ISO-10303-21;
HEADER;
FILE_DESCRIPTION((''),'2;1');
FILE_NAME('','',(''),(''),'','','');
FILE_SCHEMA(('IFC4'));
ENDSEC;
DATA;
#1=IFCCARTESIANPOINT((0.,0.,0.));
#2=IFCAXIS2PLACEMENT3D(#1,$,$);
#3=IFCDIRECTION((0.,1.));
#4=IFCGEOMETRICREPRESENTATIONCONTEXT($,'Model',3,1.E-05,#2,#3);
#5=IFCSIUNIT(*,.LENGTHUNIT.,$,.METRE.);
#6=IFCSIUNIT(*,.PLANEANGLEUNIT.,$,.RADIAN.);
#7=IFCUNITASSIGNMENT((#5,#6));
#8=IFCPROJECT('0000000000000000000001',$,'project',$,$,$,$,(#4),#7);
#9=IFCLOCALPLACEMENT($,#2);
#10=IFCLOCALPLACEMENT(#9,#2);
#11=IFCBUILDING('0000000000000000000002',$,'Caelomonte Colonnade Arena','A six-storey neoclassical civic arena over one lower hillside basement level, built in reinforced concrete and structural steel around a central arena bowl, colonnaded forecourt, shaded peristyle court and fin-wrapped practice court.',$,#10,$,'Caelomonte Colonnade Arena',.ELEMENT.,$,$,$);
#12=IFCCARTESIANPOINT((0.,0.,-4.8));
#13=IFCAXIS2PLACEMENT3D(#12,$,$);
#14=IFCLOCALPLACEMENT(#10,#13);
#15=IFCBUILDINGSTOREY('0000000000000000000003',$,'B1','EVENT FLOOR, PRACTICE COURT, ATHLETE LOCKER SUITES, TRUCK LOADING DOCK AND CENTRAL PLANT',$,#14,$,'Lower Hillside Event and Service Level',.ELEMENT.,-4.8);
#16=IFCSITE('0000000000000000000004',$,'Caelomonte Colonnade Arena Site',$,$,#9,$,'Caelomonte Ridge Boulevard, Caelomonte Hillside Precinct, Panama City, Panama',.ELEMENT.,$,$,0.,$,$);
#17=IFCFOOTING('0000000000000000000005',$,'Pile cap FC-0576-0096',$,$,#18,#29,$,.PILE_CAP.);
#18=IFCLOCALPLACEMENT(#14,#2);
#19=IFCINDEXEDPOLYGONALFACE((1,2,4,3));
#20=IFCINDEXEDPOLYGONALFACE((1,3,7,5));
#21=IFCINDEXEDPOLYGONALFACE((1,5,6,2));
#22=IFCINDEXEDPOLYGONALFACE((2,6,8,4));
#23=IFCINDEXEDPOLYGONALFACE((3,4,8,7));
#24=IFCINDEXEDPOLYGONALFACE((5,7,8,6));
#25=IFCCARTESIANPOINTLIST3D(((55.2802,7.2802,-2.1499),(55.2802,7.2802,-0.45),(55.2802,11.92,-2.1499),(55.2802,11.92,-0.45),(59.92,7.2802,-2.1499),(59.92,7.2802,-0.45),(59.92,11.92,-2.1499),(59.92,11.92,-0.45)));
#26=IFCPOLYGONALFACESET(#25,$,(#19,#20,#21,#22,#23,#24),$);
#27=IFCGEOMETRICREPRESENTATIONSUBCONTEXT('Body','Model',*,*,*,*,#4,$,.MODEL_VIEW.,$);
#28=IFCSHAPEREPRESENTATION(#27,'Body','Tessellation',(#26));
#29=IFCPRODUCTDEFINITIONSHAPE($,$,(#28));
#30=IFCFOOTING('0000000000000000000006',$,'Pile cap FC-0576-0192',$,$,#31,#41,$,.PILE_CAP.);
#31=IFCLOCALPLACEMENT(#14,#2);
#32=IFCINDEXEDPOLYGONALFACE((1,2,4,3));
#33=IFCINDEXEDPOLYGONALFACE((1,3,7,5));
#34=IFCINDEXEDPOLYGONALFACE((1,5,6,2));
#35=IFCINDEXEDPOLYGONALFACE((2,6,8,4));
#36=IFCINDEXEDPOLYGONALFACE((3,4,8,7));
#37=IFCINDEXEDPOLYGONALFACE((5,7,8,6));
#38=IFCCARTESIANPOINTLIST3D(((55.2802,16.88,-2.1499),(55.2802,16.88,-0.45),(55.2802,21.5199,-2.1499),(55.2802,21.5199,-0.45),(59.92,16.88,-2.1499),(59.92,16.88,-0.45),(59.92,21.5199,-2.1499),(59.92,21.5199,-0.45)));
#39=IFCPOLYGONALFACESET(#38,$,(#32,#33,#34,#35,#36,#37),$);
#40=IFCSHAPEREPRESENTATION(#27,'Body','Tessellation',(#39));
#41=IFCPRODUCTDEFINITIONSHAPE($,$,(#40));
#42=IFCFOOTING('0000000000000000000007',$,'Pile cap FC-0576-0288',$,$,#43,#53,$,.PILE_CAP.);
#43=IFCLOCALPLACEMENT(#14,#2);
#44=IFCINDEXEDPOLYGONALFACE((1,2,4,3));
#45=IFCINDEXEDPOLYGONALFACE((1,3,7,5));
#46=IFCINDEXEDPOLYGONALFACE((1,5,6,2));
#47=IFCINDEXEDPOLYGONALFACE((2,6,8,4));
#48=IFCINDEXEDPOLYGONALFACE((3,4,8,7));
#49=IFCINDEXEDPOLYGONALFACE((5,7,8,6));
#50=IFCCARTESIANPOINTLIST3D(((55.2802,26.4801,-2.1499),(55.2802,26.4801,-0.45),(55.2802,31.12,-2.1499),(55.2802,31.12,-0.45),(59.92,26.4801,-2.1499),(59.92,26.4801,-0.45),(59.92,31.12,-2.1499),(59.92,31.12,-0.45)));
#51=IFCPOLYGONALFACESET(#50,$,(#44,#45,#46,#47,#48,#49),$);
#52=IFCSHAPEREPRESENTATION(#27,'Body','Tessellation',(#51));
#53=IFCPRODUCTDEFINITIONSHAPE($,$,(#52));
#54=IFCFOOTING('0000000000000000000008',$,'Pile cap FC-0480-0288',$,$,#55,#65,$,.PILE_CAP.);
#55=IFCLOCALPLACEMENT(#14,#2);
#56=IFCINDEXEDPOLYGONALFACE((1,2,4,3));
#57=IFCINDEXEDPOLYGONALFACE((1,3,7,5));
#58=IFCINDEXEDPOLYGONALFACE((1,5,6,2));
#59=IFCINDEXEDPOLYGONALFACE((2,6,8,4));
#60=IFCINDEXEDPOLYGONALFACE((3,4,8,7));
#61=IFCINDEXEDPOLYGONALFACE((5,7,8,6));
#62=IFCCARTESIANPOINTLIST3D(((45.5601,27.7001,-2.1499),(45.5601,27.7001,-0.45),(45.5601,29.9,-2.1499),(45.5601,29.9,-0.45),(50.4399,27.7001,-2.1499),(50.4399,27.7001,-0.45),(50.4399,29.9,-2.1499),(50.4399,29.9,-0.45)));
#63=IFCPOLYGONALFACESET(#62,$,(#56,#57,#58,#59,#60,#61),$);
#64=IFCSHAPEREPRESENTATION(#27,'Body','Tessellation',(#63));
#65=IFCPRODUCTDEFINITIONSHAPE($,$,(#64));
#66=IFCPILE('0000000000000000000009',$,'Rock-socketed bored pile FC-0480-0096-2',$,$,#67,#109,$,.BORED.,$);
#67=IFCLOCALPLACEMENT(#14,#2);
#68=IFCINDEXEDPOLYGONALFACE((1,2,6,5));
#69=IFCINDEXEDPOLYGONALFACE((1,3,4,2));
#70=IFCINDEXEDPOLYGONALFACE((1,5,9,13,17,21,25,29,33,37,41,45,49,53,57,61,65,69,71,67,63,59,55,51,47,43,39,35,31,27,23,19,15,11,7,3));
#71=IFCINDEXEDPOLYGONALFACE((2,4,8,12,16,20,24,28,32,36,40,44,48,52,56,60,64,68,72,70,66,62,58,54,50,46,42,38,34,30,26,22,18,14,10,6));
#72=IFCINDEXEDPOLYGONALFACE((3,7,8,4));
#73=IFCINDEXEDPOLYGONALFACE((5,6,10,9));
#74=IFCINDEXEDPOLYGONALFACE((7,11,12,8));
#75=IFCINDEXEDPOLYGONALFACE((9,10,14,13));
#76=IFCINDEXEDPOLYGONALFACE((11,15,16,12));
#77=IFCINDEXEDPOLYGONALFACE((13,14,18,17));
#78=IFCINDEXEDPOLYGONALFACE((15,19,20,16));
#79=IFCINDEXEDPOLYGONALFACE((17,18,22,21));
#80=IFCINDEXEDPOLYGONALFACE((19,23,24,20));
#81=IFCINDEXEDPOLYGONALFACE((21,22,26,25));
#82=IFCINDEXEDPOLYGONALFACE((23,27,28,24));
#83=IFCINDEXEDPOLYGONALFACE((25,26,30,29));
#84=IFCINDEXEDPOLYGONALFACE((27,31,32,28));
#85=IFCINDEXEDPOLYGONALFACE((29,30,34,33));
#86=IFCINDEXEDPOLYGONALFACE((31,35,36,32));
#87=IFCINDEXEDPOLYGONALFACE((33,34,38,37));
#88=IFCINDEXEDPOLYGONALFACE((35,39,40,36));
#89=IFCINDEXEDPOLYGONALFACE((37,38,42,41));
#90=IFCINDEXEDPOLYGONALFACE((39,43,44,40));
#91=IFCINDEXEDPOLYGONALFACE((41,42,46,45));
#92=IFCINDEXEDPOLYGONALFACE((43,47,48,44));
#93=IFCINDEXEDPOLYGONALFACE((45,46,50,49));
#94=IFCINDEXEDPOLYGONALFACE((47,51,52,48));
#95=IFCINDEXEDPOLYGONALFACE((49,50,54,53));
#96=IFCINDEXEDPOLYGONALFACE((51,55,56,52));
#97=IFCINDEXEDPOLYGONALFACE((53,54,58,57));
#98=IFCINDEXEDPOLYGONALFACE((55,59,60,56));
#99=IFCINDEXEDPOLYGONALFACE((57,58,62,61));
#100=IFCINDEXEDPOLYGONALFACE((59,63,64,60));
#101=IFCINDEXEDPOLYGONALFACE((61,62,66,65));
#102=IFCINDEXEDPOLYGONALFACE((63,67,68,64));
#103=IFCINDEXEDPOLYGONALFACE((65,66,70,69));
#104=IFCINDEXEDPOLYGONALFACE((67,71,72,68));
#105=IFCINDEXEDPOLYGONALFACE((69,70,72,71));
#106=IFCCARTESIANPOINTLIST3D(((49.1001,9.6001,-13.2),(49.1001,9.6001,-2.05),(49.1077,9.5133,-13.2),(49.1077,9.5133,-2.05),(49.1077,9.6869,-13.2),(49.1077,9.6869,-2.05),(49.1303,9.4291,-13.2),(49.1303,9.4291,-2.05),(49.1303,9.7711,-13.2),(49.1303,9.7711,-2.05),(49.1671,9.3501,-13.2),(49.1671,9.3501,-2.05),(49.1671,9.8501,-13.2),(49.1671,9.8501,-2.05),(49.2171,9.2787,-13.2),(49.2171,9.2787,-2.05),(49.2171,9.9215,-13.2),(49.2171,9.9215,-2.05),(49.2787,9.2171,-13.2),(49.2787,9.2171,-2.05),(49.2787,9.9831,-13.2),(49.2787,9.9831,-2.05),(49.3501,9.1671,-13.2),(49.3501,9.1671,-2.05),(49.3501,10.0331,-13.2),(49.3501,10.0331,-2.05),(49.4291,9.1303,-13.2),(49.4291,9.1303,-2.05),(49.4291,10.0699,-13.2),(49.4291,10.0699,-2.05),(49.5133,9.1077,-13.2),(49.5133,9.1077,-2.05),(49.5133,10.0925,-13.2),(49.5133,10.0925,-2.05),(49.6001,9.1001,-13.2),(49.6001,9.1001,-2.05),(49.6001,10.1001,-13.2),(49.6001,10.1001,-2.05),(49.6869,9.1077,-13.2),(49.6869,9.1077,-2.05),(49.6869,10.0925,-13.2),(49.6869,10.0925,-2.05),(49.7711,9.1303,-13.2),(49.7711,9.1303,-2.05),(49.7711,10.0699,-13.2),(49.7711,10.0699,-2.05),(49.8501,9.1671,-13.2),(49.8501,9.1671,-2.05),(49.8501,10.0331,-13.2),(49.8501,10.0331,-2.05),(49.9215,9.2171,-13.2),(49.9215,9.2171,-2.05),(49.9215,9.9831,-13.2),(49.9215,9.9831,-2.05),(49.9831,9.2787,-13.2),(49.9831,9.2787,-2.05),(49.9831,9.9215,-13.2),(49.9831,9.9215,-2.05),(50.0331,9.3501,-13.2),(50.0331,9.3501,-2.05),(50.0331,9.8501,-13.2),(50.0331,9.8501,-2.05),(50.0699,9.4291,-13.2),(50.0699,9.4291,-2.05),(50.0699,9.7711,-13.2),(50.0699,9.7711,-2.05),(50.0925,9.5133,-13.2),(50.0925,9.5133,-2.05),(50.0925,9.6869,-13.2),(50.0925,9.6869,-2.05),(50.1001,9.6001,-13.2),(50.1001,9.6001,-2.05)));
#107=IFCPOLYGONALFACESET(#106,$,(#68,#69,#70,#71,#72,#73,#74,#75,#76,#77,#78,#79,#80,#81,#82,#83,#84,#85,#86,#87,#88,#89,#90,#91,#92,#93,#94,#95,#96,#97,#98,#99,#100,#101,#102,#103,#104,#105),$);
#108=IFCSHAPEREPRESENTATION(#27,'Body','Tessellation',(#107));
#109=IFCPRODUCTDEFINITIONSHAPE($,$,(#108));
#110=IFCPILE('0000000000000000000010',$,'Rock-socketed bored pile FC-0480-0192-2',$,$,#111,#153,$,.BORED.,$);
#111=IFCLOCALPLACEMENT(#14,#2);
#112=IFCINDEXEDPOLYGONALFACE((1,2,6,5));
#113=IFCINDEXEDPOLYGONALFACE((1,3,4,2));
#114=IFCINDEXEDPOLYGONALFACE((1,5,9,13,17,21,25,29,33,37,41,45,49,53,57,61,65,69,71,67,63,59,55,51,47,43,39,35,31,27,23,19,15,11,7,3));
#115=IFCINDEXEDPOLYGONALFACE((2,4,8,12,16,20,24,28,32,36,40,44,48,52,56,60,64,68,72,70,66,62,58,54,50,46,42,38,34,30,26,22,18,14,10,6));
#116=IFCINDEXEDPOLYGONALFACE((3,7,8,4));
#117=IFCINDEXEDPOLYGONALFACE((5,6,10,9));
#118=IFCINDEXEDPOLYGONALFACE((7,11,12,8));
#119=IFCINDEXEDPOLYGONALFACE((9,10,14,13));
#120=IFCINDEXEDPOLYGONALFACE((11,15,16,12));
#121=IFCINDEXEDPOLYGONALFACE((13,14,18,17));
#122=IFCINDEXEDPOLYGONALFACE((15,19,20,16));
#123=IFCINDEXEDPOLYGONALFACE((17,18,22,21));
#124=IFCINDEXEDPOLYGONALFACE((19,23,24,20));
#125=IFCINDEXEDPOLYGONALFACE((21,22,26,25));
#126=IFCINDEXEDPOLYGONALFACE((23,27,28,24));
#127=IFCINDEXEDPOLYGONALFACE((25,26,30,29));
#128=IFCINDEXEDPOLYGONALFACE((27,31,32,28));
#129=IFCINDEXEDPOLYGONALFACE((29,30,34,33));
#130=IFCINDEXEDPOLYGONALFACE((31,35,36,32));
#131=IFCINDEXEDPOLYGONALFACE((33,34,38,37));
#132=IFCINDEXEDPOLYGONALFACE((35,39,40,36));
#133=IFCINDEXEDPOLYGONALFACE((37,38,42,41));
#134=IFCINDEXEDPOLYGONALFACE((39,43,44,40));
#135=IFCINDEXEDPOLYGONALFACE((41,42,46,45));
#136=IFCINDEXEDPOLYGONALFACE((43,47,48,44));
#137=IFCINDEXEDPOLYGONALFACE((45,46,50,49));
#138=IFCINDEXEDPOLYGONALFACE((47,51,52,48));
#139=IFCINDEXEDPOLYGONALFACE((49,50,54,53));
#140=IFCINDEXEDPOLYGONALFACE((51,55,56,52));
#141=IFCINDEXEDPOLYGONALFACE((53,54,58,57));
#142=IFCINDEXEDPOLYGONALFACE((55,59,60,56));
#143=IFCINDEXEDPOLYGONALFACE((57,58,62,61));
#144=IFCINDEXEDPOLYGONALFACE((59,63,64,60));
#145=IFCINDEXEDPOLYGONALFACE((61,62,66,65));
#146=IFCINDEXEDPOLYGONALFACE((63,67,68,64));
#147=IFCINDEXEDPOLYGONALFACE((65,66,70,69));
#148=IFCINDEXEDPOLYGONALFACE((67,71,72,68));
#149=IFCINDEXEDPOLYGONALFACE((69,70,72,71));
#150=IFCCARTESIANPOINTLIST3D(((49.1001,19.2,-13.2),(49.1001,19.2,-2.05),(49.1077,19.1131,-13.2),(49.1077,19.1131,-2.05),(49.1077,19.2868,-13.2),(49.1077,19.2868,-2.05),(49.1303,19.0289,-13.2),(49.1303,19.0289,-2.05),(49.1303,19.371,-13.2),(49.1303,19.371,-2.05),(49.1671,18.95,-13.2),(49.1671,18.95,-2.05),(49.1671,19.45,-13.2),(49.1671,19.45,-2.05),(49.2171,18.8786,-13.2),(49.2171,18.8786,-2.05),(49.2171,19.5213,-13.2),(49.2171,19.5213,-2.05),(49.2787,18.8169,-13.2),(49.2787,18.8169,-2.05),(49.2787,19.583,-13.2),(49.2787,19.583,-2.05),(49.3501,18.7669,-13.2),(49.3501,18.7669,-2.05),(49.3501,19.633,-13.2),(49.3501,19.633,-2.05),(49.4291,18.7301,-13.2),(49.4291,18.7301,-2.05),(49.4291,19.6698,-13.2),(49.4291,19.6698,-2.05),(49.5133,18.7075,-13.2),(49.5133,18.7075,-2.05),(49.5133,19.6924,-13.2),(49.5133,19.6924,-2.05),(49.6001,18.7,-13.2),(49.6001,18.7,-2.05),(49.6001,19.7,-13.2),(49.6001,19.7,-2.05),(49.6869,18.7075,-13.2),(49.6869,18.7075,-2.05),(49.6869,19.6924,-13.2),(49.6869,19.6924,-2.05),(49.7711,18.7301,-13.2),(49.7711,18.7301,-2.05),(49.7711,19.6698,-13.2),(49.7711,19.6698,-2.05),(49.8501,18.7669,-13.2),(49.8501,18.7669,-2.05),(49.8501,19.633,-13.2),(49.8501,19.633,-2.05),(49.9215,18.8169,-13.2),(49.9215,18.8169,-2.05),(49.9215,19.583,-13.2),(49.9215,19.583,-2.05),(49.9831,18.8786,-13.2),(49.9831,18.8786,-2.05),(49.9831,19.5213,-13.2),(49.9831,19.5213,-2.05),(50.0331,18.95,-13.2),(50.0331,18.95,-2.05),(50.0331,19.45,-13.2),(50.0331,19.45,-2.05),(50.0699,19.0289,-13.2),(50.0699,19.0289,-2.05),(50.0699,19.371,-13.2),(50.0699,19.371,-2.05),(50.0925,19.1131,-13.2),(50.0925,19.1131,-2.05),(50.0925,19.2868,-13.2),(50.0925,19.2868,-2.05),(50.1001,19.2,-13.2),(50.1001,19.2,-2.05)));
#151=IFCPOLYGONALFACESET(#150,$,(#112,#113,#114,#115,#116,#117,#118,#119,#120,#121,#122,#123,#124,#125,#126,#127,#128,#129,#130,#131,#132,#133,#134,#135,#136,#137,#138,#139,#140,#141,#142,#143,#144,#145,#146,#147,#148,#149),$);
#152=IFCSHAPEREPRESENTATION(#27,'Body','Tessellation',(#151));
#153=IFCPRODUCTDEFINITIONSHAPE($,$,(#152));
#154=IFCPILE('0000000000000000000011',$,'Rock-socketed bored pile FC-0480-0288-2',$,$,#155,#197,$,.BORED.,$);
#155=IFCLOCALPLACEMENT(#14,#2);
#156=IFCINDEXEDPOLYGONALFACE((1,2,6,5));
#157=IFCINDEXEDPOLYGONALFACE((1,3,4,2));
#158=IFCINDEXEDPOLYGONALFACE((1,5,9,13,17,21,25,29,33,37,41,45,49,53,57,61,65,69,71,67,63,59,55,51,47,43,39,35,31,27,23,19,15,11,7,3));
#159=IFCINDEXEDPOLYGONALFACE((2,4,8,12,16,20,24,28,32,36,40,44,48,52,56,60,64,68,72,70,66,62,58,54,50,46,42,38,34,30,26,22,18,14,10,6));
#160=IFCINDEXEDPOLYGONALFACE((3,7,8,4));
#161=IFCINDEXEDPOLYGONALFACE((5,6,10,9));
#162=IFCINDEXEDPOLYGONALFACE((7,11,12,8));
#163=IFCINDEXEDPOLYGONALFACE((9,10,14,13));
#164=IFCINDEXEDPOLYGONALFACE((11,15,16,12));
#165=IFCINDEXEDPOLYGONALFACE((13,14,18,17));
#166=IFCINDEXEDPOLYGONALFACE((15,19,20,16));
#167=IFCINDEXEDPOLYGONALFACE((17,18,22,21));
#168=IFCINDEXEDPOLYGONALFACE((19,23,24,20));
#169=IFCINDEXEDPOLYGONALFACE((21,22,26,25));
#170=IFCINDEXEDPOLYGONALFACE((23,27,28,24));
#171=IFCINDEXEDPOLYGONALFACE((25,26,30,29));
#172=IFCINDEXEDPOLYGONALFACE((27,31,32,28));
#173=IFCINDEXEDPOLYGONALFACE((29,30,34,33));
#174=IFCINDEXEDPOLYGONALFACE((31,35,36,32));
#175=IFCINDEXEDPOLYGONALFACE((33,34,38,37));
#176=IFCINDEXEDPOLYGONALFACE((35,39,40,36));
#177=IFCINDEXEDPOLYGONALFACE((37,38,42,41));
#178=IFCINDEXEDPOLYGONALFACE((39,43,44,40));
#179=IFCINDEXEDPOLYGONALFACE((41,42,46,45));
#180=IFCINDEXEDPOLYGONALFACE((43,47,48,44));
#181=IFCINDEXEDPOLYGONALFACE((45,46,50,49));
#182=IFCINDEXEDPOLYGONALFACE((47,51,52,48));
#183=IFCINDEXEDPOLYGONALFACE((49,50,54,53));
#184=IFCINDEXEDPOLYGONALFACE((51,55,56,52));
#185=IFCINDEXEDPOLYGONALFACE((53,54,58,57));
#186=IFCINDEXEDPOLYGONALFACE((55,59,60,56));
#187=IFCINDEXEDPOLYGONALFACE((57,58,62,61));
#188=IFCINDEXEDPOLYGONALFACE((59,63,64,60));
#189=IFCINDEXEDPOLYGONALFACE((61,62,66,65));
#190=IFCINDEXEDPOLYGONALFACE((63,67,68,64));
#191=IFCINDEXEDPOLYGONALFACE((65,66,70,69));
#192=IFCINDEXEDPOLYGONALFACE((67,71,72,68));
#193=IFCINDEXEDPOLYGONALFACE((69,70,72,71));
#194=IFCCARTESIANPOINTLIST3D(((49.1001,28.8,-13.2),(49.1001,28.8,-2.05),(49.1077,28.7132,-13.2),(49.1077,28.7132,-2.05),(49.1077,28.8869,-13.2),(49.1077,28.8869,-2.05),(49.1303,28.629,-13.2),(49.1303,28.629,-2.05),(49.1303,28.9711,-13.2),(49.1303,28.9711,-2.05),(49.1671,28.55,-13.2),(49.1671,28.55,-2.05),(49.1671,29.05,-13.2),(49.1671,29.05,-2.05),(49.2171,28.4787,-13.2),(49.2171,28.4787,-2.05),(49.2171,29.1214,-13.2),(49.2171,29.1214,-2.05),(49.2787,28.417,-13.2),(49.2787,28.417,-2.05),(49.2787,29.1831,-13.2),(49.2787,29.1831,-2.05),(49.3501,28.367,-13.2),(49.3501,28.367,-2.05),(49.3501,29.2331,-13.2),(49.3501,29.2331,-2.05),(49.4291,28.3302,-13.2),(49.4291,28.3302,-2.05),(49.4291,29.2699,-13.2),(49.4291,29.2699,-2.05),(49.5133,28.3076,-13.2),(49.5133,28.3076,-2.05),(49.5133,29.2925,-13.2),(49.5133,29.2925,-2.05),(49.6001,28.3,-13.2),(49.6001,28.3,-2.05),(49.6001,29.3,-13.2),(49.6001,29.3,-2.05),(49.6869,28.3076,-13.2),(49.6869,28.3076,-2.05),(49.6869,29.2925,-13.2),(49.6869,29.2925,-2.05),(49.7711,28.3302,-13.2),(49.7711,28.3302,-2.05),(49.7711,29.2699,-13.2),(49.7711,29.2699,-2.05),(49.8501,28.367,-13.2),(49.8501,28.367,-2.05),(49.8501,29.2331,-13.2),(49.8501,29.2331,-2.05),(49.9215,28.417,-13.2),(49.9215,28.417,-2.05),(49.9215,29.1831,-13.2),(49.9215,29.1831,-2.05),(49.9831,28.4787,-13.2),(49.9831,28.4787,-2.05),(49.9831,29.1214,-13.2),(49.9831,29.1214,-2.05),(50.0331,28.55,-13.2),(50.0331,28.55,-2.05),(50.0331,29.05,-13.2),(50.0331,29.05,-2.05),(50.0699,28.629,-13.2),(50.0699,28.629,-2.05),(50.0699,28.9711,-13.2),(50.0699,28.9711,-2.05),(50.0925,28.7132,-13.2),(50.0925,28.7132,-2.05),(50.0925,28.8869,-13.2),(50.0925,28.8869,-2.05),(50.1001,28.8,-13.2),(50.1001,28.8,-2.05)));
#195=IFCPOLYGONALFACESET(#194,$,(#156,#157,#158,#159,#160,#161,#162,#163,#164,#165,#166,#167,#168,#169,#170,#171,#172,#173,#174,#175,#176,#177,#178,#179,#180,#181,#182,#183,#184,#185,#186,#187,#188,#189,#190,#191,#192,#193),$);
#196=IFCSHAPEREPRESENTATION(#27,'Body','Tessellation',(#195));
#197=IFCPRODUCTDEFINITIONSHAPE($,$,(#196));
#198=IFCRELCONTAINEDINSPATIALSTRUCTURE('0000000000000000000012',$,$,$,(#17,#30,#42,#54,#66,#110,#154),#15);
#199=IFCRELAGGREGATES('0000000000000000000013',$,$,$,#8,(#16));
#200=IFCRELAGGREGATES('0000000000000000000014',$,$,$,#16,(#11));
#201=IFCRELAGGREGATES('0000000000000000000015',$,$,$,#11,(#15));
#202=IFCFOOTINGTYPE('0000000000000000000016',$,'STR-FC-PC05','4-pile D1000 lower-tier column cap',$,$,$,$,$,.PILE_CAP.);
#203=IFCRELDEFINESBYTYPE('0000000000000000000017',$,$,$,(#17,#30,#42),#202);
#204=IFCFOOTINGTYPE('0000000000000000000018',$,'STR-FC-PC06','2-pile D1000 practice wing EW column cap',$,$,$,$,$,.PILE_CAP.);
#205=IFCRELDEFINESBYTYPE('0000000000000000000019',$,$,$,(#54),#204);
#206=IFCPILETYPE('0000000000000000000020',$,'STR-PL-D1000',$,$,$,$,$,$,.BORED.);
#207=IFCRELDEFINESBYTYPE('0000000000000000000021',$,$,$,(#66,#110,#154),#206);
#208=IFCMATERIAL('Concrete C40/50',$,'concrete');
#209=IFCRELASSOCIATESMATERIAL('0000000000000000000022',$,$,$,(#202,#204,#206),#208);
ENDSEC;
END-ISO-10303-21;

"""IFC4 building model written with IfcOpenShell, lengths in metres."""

from ifc_helpers import new_model, si_unit, direction, frame, origin, origin_2d, place, context, subcontext, project, spatial, rectangle, circle, extrude, material, material_profile, profile_set, type_object, element, save


model = new_model("IFC4")

# Units and contexts
model_context = context("Model", 3, precision=1e-05, world=origin(), true_north=direction((0.0, 1.0)))
body_context = subcontext(model_context, "Body", "Model", "MODEL_VIEW")
ifc_project = project(units=[si_unit("LENGTHUNIT", "METRE"), si_unit("PLANEANGLEUNIT", "RADIAN")], contexts=[model_context])

# Site, building, storey
site_placement = place(None, origin())
site = spatial("IfcSite", under=ifc_project, at=site_placement, Name="Caelomonte Colonnade Arena Site", LongName="Caelomonte Ridge Boulevard, Caelomonte Hillside Precinct, Panama City, Panama", CompositionType="ELEMENT", RefElevation=0.0)
building_placement = place(site_placement, origin())
building = spatial("IfcBuilding", under=site, at=building_placement, Name="Caelomonte Colonnade Arena", Description="A six-storey neoclassical civic arena over one lower hillside basement level, built in reinforced concrete and structural steel around a central arena bowl, colonnaded forecourt, shaded peristyle court and fin-wrapped practice court.", LongName="Caelomonte Colonnade Arena", CompositionType="ELEMENT")
storey_placement = place(building_placement, frame((0.0, 0.0, -4.8)))
storey = spatial("IfcBuildingStorey", under=building, at=storey_placement, Name="B1", Description="EVENT FLOOR, PRACTICE COURT, ATHLETE LOCKER SUITES, TRUCK LOADING DOCK AND CENTRAL PLANT", LongName="Lower Hillside Event and Service Level", CompositionType="ELEMENT", Elevation=-4.8)

# Footings
ifc_material_1 = material(Name="Concrete C40/50", Category="concrete")
footing_type_1 = type_object("IfcFootingType", Name="STR-FC-PC05", Description="4-pile D1000 lower-tier column cap", PredefinedType="PILE_CAP", material=ifc_material_1)
for number, where, z_axis, x_axis, name in (
    (1, (57.6001, 9.6001, -2.1499), (0.0, 0.0, 1.0), (1.0, 0.0, 0.0), "Pile cap FC-0576-0096"),
    (2, (57.6001, 19.2, -2.1499), (0.0, 0.0, 1.0), (1.0, 0.0, 0.0), "Pile cap FC-0576-0192"),
    (3, (57.6001, 28.8, -2.1499), (0.0, 0.0, 1.0), (1.0, 0.0, 0.0), "Pile cap FC-0576-0288"),
):
    element("IfcFooting", number, at=place(storey_placement, frame(where, z_axis=z_axis, x_axis=x_axis)), inside=storey, type_object=footing_type_1, Name=name, PredefinedType="PILE_CAP", context=body_context, shape_type="SweptSolid", body=[
        extrude(rectangle(XDim=4.6399, YDim=4.6399, at=origin_2d()), origin(), (0.0, 0.0, 1.0), 1.7),
    ])
footing_type_2 = type_object("IfcFootingType", Name="STR-FC-PC06", Description="2-pile D1000 practice wing EW column cap", PredefinedType="PILE_CAP", material=ifc_material_1)
footing_placement = place(storey_placement, frame((48.0, 28.8, -2.1499), z_axis=(0.0, 0.0, 1.0), x_axis=(1.0, 0.0, 0.0)))
element("IfcFooting", 4, at=footing_placement, inside=storey, type_object=footing_type_2, Name="Pile cap FC-0480-0288", PredefinedType="PILE_CAP", context=body_context, shape_type="SweptSolid", body=[
    extrude(rectangle(XDim=4.8799, YDim=2.2, at=origin_2d()), origin(), (0.0, 0.0, 1.0), 1.7),
])

# Piles
ifc_material_profile_1 = material_profile(ifc_material_1, circle(Radius=0.5, at=origin_2d()), Name="PILE-D1000")
ifc_profile_set_1 = profile_set([ifc_material_profile_1], Name="Concrete C40/50")
pile_type_1 = type_object("IfcPileType", Name="STR-PL-D1000", PredefinedType="BORED", material=ifc_profile_set_1)
for number, where, z_axis, x_axis, name in (
    (5, (49.6001, 9.6001, -2.05), (0.0, 0.0, -1.0), (1.0, 0.0, 0.0), "Rock-socketed bored pile FC-0480-0096-2"),
    (6, (49.6001, 19.2, -2.05), (0.0, 0.0, -1.0), (1.0, 0.0, 0.0), "Rock-socketed bored pile FC-0480-0192-2"),
    (7, (49.6001, 28.8, -2.05), (0.0, 0.0, -1.0), (1.0, 0.0, 0.0), "Rock-socketed bored pile FC-0480-0288-2"),
):
    element("IfcPile", number, at=place(storey_placement, frame(where, z_axis=z_axis, x_axis=x_axis)), inside=storey, type_object=pile_type_1, Name=name, PredefinedType="BORED", context=body_context, shape_type="SweptSolid", body=[
        extrude(circle(Radius=0.5, at=origin_2d()), origin(), (0.0, 0.0, 1.0), 11.1499),
    ])

save(model, "model.ifc")
